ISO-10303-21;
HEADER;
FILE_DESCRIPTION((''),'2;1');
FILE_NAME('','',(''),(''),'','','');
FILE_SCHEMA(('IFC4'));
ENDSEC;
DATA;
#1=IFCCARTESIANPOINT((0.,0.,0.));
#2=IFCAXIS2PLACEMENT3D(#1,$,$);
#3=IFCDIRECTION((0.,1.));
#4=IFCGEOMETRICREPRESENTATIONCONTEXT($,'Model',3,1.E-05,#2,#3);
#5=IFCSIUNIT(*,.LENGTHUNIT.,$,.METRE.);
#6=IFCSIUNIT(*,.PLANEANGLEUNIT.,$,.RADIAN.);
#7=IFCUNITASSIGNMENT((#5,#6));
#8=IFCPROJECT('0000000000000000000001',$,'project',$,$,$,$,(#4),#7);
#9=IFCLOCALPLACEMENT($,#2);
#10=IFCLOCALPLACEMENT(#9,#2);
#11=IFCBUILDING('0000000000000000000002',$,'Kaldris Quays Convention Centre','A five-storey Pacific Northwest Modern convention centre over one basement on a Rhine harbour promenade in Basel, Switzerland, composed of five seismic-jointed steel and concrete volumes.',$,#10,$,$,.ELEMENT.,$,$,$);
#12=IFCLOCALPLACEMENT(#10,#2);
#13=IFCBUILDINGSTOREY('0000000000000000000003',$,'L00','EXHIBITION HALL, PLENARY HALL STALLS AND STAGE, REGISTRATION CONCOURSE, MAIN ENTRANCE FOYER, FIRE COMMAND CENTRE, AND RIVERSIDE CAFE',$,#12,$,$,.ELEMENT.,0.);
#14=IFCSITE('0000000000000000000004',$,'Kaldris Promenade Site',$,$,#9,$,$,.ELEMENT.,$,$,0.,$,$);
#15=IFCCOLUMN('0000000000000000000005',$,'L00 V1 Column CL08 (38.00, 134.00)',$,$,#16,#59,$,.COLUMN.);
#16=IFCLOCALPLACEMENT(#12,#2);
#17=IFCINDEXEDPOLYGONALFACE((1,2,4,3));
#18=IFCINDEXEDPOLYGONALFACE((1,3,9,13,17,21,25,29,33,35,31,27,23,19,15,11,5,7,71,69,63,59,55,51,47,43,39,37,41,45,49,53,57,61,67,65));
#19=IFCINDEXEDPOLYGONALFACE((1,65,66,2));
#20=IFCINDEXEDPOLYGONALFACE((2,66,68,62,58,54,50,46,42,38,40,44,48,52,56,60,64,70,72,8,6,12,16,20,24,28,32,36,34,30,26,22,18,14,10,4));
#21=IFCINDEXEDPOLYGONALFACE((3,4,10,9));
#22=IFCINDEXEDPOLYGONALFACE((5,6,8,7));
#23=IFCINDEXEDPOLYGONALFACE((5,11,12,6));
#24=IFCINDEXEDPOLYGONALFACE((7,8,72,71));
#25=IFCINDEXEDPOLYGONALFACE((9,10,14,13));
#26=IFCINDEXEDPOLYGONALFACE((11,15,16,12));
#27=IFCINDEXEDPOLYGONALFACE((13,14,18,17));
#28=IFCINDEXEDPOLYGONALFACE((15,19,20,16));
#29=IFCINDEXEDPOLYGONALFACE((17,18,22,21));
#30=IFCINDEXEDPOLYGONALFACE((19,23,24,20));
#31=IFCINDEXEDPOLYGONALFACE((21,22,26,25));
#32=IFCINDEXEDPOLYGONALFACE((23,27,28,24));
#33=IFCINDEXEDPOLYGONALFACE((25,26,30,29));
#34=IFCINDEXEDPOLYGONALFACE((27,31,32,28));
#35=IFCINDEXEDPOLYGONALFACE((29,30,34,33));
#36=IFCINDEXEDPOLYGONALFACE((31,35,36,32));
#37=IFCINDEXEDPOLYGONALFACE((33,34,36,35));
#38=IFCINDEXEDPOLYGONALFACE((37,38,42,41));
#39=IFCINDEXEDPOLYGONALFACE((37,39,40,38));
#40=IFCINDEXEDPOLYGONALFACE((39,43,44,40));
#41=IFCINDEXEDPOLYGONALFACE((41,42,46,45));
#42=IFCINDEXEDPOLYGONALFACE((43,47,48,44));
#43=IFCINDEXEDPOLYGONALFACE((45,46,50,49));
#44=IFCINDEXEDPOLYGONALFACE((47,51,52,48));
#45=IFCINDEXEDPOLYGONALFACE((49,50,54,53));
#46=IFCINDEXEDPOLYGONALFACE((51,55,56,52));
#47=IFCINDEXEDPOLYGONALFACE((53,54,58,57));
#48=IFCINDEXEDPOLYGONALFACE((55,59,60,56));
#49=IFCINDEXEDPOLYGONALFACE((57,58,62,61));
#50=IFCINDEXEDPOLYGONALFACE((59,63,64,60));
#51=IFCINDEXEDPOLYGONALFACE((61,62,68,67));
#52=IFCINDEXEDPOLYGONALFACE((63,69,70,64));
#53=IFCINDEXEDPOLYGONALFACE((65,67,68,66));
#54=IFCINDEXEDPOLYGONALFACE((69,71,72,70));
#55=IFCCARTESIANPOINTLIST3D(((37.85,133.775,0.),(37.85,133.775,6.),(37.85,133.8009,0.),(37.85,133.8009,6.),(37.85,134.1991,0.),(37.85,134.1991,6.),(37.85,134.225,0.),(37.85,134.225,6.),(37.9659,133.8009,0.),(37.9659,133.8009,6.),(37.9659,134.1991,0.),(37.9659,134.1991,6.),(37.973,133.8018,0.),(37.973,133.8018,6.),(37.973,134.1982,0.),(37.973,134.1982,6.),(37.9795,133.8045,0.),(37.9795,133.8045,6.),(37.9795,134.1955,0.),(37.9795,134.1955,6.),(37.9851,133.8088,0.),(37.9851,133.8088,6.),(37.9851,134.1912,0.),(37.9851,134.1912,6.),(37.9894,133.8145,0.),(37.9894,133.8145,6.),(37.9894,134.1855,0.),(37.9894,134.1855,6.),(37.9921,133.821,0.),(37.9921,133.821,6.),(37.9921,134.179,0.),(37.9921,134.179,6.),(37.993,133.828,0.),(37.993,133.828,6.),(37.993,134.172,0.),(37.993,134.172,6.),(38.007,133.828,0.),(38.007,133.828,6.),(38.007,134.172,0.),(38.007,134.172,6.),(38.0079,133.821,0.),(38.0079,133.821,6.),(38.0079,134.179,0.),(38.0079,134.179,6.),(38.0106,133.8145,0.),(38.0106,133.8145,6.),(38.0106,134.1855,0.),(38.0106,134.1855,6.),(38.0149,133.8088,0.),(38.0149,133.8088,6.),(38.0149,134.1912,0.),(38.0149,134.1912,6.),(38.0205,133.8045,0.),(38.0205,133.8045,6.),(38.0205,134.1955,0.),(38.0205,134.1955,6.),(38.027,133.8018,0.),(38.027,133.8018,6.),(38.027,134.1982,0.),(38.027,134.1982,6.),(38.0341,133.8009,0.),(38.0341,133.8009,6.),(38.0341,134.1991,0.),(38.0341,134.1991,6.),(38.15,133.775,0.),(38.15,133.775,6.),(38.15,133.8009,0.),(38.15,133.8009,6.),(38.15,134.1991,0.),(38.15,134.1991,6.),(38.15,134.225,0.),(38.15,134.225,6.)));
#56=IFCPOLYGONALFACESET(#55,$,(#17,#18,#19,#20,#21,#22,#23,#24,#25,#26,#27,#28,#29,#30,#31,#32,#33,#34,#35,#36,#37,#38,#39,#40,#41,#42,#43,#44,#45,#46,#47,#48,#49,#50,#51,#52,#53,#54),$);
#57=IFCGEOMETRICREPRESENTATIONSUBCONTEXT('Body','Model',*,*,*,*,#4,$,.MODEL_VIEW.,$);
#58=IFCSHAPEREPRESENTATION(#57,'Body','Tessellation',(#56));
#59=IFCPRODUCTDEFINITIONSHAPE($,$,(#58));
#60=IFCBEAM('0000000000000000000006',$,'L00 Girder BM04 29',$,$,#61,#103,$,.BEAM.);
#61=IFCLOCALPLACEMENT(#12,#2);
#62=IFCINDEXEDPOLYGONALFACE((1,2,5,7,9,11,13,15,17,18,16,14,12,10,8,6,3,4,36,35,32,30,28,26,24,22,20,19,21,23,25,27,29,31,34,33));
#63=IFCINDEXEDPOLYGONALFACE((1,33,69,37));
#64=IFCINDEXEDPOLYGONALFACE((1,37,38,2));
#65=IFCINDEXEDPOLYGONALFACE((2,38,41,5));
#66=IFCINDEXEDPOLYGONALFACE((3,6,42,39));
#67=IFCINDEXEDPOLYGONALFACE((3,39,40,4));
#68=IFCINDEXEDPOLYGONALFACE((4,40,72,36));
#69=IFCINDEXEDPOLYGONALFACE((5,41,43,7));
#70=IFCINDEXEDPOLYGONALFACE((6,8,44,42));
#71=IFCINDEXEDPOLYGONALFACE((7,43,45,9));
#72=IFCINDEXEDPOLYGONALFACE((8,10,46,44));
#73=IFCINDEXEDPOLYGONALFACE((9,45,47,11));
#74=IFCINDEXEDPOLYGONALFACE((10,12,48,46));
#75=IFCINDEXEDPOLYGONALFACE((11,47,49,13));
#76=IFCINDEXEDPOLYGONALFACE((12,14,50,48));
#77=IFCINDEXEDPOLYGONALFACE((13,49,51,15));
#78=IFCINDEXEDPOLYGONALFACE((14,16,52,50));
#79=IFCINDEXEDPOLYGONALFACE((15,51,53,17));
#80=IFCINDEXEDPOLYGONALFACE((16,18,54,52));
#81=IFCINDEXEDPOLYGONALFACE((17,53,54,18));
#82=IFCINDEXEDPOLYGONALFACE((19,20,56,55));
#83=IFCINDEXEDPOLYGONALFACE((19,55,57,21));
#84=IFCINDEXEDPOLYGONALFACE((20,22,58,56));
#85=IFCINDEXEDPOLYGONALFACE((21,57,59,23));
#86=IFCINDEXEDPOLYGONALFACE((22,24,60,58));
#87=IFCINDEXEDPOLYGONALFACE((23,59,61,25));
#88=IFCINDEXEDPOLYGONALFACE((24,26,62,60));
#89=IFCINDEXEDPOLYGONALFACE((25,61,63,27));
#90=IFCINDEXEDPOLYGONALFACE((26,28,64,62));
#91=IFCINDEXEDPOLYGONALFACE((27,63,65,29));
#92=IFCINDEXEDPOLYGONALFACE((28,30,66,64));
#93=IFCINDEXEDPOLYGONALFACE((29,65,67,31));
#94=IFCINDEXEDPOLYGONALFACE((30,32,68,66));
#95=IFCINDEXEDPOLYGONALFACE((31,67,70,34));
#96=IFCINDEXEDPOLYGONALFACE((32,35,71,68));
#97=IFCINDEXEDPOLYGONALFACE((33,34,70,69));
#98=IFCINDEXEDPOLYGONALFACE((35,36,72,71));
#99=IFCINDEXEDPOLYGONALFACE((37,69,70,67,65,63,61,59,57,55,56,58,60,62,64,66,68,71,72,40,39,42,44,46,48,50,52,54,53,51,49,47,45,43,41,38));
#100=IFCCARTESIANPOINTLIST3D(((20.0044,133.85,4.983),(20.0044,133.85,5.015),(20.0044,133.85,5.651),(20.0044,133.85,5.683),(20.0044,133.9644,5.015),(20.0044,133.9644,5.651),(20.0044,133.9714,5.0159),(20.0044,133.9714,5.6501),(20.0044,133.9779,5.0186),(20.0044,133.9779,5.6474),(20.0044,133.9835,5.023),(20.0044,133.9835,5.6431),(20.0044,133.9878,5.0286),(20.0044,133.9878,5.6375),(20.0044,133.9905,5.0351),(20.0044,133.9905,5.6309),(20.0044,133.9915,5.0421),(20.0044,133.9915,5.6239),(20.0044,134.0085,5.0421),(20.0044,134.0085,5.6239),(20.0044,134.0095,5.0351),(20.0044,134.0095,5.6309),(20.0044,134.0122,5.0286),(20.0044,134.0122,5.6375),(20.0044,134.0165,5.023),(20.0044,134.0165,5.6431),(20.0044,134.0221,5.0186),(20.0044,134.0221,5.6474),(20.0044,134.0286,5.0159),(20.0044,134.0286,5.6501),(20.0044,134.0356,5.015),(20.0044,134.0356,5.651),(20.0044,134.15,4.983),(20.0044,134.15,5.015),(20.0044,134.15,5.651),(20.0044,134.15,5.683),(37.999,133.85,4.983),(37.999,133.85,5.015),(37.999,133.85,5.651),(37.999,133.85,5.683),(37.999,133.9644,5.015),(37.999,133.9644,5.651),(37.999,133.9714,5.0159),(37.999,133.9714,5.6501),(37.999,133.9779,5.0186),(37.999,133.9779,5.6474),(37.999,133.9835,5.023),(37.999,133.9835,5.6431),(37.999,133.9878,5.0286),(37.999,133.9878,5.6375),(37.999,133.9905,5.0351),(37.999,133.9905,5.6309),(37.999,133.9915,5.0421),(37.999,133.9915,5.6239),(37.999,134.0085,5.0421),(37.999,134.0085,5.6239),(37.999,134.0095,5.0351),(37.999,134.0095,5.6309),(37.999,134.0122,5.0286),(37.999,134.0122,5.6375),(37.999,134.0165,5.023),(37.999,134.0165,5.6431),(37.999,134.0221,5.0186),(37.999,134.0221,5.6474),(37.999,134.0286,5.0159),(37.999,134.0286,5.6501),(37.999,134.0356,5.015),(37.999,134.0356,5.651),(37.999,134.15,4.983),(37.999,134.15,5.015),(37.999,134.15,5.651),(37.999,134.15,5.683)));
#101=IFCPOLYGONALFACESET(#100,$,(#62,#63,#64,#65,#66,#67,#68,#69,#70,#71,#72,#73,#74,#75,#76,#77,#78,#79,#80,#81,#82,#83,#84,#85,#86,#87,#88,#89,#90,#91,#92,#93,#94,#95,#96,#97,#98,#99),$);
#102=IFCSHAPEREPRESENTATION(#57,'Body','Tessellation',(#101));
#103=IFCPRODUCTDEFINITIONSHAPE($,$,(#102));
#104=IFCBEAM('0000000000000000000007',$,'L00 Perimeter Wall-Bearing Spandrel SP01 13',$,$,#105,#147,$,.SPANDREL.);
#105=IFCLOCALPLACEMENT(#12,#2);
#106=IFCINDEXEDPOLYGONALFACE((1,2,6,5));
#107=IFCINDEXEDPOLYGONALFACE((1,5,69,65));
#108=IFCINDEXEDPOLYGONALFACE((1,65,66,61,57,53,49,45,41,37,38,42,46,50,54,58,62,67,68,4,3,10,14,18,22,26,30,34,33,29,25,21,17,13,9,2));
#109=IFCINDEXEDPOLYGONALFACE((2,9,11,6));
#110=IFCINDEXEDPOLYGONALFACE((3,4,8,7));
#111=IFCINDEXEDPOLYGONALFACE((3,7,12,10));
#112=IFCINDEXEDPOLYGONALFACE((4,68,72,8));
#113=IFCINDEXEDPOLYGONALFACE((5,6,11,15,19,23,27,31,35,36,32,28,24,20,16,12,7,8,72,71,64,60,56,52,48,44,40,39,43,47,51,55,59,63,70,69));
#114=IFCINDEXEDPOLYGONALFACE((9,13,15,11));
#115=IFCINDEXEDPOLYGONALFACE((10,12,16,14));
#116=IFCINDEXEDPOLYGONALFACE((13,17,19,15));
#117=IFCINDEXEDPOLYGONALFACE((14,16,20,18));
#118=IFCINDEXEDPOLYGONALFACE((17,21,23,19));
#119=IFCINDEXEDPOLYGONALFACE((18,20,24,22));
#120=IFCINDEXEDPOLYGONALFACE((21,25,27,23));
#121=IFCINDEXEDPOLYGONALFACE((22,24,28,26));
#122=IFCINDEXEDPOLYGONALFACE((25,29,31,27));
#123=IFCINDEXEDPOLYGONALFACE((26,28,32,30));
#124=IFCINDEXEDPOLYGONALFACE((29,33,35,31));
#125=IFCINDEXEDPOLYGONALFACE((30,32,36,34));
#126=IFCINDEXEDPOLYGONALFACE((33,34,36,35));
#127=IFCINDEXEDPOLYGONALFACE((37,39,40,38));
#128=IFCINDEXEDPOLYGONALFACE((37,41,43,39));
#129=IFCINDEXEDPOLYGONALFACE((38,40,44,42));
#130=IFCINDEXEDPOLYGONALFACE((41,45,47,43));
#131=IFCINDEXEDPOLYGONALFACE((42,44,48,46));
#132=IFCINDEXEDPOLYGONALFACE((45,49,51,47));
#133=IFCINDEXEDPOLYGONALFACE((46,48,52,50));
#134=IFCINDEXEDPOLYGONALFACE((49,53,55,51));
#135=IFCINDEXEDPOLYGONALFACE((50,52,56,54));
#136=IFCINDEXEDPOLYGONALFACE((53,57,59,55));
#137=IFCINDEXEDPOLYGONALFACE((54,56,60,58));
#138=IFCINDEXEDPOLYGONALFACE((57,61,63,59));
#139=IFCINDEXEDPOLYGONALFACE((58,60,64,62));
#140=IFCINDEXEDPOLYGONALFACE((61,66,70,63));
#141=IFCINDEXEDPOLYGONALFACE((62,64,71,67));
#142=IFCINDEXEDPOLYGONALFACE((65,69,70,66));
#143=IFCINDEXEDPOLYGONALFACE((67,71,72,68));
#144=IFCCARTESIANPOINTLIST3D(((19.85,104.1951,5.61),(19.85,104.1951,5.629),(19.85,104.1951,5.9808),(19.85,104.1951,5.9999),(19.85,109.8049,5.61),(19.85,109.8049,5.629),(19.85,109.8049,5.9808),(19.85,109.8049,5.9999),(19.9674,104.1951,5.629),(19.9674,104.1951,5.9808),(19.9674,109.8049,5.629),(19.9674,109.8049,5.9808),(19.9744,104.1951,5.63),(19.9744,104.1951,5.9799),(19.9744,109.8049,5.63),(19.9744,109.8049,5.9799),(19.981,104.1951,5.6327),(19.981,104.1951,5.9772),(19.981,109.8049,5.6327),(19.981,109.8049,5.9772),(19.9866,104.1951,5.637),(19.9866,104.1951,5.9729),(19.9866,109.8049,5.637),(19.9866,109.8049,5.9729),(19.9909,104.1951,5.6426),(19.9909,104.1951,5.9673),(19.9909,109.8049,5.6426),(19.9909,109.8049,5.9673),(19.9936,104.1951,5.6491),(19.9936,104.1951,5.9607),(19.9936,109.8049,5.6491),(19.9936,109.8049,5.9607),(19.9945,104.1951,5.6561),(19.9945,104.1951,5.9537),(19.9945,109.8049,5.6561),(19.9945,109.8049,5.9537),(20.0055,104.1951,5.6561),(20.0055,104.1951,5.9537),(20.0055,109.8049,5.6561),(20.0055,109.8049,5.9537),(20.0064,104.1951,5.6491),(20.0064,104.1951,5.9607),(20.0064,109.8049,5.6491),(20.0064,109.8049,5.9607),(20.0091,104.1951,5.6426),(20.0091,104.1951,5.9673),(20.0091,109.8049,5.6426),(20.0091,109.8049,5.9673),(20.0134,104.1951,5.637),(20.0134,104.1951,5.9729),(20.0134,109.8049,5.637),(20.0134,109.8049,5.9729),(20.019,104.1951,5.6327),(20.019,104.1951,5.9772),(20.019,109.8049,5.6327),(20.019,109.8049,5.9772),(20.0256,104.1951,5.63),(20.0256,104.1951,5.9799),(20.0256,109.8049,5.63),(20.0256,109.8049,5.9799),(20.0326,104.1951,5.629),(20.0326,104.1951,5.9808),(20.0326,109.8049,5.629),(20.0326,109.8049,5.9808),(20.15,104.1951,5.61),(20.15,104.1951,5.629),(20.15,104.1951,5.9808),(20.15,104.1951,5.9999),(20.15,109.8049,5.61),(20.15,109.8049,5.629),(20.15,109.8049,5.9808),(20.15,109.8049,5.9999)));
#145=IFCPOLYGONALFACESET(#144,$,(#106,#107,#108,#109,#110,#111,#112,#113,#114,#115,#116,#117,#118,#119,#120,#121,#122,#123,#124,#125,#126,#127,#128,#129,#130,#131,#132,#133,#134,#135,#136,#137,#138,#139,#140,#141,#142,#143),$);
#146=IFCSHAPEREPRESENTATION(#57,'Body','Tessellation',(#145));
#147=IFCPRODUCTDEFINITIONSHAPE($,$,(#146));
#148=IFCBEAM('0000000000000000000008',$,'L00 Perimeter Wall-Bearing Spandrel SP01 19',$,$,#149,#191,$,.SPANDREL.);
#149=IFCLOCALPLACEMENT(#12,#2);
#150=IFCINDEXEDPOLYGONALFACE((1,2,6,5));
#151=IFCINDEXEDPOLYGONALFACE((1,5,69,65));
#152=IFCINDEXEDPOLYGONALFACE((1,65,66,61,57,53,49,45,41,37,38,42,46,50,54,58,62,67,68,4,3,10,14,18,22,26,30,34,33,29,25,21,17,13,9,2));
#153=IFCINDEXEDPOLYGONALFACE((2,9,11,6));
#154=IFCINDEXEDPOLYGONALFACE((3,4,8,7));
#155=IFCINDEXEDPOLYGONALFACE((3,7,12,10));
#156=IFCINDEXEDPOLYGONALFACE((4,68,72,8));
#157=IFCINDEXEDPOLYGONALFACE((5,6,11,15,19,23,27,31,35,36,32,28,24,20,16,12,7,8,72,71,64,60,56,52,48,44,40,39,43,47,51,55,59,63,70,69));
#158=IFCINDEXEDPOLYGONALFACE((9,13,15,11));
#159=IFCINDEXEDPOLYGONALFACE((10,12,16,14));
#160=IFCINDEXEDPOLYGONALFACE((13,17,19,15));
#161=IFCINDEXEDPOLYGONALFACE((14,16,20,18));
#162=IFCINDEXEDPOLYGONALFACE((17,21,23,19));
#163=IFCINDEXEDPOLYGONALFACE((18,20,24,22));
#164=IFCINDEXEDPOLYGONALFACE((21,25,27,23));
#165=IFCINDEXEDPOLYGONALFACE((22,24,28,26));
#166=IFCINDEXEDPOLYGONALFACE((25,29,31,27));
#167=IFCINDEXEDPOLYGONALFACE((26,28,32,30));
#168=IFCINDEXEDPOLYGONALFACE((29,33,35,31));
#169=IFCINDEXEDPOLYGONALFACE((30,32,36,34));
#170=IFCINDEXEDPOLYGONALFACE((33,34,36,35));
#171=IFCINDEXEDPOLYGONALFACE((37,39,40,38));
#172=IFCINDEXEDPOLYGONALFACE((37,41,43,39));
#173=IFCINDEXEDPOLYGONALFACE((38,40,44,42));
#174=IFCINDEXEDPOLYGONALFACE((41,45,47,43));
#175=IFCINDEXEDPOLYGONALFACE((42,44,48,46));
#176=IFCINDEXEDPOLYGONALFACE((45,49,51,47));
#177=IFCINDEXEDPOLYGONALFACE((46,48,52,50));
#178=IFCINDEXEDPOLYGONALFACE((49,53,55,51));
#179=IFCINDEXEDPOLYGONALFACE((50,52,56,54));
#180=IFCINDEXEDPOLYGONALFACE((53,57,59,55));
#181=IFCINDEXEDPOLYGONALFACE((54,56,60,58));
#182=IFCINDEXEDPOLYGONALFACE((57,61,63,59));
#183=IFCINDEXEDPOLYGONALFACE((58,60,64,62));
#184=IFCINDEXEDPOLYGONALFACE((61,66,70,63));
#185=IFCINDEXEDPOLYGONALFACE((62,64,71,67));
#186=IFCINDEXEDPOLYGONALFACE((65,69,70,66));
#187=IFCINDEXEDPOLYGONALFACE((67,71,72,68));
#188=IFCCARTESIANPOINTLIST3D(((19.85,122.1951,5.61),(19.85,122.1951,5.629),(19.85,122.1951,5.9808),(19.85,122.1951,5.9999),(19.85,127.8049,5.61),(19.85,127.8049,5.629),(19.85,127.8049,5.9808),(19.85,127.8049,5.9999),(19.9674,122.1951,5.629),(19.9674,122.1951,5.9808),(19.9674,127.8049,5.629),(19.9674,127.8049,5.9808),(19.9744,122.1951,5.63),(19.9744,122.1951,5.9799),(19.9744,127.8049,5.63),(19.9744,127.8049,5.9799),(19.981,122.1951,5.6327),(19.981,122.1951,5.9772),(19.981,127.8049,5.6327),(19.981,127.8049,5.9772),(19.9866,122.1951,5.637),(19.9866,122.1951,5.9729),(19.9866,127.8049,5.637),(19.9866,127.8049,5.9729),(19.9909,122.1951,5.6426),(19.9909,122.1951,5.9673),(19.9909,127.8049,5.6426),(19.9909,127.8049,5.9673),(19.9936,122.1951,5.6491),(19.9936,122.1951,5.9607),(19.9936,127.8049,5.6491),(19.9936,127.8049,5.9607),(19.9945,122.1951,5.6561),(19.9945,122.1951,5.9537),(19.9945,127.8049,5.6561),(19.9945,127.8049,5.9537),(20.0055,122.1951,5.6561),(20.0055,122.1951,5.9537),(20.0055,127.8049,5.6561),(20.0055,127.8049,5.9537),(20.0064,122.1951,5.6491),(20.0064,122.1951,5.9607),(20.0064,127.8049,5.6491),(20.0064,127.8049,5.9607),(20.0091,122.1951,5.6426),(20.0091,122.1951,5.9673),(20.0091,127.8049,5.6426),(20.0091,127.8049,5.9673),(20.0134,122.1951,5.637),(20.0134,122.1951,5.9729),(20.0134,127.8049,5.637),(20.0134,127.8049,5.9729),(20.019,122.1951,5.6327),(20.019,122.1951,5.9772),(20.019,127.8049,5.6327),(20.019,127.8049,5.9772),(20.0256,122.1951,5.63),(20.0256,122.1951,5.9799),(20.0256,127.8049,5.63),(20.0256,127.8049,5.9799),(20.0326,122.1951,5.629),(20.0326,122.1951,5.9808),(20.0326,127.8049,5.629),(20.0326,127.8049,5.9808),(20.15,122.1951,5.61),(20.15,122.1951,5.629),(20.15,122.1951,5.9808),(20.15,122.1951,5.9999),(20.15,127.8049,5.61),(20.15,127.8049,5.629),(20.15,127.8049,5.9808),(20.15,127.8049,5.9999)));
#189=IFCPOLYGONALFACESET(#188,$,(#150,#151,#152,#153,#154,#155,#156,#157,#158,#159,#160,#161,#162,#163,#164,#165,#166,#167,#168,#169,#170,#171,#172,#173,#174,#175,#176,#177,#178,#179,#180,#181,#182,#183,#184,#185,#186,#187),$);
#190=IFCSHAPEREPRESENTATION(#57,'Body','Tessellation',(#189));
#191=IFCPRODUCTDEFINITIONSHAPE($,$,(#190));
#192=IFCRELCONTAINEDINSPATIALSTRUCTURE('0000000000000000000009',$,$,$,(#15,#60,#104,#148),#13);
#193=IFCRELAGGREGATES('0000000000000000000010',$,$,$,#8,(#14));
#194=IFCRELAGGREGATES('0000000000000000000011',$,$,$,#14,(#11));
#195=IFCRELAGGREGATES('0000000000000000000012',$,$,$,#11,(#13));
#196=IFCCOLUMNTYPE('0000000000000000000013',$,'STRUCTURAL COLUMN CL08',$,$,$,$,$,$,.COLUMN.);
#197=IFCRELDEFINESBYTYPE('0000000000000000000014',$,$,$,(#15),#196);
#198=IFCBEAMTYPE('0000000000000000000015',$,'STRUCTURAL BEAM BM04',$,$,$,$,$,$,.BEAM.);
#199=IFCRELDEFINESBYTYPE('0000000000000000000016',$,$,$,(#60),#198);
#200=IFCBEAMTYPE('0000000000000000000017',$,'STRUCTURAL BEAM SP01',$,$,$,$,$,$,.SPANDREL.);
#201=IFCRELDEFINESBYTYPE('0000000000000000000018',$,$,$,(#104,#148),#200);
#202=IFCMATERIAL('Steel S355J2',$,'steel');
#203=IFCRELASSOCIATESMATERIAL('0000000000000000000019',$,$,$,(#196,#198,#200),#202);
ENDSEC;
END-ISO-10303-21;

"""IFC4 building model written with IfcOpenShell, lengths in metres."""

from ifc_helpers import new_model, si_unit, direction, frame, origin, origin_2d, place, context, subcontext, project, spatial, i_section, extrude, material, material_profile, profile_set, type_object, element, save


model = new_model("IFC4")

# Units and contexts
model_context = context("Model", 3, precision=1e-05, world=origin(), true_north=direction((0.0, 1.0)))
body_context = subcontext(model_context, "Body", "Model", "MODEL_VIEW")
ifc_project = project(units=[si_unit("LENGTHUNIT", "METRE"), si_unit("PLANEANGLEUNIT", "RADIAN")], contexts=[model_context])

# Site, building, storey
site_placement = place(None, origin())
site = spatial("IfcSite", under=ifc_project, at=site_placement, Name="Kaldris Promenade Site", CompositionType="ELEMENT", RefElevation=0.0)
building_placement = place(site_placement, origin())
building = spatial("IfcBuilding", under=site, at=building_placement, Name="Kaldris Quays Convention Centre", Description="A five-storey Pacific Northwest Modern convention centre over one basement on a Rhine harbour promenade in Basel, Switzerland, composed of five seismic-jointed steel and concrete volumes.", CompositionType="ELEMENT")
storey_placement = place(building_placement, origin())
storey = spatial("IfcBuildingStorey", under=building, at=storey_placement, Name="L00", Description="EXHIBITION HALL, PLENARY HALL STALLS AND STAGE, REGISTRATION CONCOURSE, MAIN ENTRANCE FOYER, FIRE COMMAND CENTRE, AND RIVERSIDE CAFE", CompositionType="ELEMENT", Elevation=0.0)

# Column
ifc_material_1 = material(Name="Steel S355J2", Category="steel")
ifc_material_profile_1 = material_profile(ifc_material_1, i_section(OverallWidth=0.3, OverallDepth=0.45, WebThickness=0.0139, FlangeThickness=0.0259, FilletRadius=0.0271, at=origin_2d()), Name="HEB 450")
ifc_profile_set_1 = profile_set([ifc_material_profile_1], Name="Steel S355J2")
column_type_1 = type_object("IfcColumnType", Name="STRUCTURAL COLUMN CL08", PredefinedType="COLUMN", material=ifc_profile_set_1)
column_placement = place(storey_placement, frame((38.0, 134.0, 0.0), z_axis=(0.0, 0.0, 1.0), x_axis=(1.0, 0.0, 0.0)))
element("IfcColumn", 1, at=column_placement, inside=storey, type_object=column_type_1, Name="L00 V1 Column CL08 (38.00, 134.00)", PredefinedType="COLUMN", context=body_context, shape_type="SweptSolid", body=[
    extrude(i_section(OverallWidth=0.3, OverallDepth=0.45, WebThickness=0.0139, FlangeThickness=0.0259, FilletRadius=0.0271, at=origin_2d()), origin(), (0.0, 0.0, 1.0), 6.0),
])

# Beams
ifc_material_profile_2 = material_profile(ifc_material_1, i_section(OverallWidth=0.3, OverallDepth=0.7, WebThickness=0.0171, FlangeThickness=0.032, FilletRadius=0.0271, at=origin_2d()), Name="HEB 700")
ifc_profile_set_2 = profile_set([ifc_material_profile_2], Name="Steel S355J2")
beam_type_1 = type_object("IfcBeamType", Name="STRUCTURAL BEAM BM04", PredefinedType="BEAM", material=ifc_profile_set_2)
beam_placement = place(storey_placement, frame((20.0044, 134.0, 5.333), z_axis=(1.0, 0.0, 0.0), x_axis=(0.0, 1.0, 0.0)))
element("IfcBeam", 2, at=beam_placement, inside=storey, type_object=beam_type_1, Name="L00 Girder BM04 29", PredefinedType="BEAM", context=body_context, shape_type="SweptSolid", body=[
    extrude(i_section(OverallWidth=0.3, OverallDepth=0.7, WebThickness=0.0171, FlangeThickness=0.032, FilletRadius=0.0271, at=origin_2d()), origin(), (0.0, 0.0, 1.0), 17.9946),
])
ifc_material_profile_3 = material_profile(ifc_material_1, i_section(OverallWidth=0.3, OverallDepth=0.3899, WebThickness=0.011, FlangeThickness=0.019, FilletRadius=0.0271, at=origin_2d()), Name="HEA 400")
ifc_profile_set_3 = profile_set([ifc_material_profile_3], Name="Steel S355J2")
beam_type_2 = type_object("IfcBeamType", Name="STRUCTURAL BEAM SP01", PredefinedType="SPANDREL", material=ifc_profile_set_3)
for number, where, z_axis, x_axis, name in (
    (3, (20.0, 104.1951, 5.8049), (0.0, 1.0, 0.0), (-1.0, 0.0, 0.0), "L00 Perimeter Wall-Bearing Spandrel SP01 13"),
    (4, (20.0, 122.1951, 5.8049), (0.0, 1.0, 0.0), (-1.0, 0.0, 0.0), "L00 Perimeter Wall-Bearing Spandrel SP01 19"),
):
    element("IfcBeam", number, at=place(storey_placement, frame(where, z_axis=z_axis, x_axis=x_axis)), inside=storey, type_object=beam_type_2, Name=name, PredefinedType="SPANDREL", context=body_context, shape_type="SweptSolid", body=[
        extrude(i_section(OverallWidth=0.3, OverallDepth=0.3899, WebThickness=0.011, FlangeThickness=0.019, FilletRadius=0.0271, at=origin_2d()), origin(), (0.0, 0.0, 1.0), 5.6099),
    ])

save(model, "model.ifc")
